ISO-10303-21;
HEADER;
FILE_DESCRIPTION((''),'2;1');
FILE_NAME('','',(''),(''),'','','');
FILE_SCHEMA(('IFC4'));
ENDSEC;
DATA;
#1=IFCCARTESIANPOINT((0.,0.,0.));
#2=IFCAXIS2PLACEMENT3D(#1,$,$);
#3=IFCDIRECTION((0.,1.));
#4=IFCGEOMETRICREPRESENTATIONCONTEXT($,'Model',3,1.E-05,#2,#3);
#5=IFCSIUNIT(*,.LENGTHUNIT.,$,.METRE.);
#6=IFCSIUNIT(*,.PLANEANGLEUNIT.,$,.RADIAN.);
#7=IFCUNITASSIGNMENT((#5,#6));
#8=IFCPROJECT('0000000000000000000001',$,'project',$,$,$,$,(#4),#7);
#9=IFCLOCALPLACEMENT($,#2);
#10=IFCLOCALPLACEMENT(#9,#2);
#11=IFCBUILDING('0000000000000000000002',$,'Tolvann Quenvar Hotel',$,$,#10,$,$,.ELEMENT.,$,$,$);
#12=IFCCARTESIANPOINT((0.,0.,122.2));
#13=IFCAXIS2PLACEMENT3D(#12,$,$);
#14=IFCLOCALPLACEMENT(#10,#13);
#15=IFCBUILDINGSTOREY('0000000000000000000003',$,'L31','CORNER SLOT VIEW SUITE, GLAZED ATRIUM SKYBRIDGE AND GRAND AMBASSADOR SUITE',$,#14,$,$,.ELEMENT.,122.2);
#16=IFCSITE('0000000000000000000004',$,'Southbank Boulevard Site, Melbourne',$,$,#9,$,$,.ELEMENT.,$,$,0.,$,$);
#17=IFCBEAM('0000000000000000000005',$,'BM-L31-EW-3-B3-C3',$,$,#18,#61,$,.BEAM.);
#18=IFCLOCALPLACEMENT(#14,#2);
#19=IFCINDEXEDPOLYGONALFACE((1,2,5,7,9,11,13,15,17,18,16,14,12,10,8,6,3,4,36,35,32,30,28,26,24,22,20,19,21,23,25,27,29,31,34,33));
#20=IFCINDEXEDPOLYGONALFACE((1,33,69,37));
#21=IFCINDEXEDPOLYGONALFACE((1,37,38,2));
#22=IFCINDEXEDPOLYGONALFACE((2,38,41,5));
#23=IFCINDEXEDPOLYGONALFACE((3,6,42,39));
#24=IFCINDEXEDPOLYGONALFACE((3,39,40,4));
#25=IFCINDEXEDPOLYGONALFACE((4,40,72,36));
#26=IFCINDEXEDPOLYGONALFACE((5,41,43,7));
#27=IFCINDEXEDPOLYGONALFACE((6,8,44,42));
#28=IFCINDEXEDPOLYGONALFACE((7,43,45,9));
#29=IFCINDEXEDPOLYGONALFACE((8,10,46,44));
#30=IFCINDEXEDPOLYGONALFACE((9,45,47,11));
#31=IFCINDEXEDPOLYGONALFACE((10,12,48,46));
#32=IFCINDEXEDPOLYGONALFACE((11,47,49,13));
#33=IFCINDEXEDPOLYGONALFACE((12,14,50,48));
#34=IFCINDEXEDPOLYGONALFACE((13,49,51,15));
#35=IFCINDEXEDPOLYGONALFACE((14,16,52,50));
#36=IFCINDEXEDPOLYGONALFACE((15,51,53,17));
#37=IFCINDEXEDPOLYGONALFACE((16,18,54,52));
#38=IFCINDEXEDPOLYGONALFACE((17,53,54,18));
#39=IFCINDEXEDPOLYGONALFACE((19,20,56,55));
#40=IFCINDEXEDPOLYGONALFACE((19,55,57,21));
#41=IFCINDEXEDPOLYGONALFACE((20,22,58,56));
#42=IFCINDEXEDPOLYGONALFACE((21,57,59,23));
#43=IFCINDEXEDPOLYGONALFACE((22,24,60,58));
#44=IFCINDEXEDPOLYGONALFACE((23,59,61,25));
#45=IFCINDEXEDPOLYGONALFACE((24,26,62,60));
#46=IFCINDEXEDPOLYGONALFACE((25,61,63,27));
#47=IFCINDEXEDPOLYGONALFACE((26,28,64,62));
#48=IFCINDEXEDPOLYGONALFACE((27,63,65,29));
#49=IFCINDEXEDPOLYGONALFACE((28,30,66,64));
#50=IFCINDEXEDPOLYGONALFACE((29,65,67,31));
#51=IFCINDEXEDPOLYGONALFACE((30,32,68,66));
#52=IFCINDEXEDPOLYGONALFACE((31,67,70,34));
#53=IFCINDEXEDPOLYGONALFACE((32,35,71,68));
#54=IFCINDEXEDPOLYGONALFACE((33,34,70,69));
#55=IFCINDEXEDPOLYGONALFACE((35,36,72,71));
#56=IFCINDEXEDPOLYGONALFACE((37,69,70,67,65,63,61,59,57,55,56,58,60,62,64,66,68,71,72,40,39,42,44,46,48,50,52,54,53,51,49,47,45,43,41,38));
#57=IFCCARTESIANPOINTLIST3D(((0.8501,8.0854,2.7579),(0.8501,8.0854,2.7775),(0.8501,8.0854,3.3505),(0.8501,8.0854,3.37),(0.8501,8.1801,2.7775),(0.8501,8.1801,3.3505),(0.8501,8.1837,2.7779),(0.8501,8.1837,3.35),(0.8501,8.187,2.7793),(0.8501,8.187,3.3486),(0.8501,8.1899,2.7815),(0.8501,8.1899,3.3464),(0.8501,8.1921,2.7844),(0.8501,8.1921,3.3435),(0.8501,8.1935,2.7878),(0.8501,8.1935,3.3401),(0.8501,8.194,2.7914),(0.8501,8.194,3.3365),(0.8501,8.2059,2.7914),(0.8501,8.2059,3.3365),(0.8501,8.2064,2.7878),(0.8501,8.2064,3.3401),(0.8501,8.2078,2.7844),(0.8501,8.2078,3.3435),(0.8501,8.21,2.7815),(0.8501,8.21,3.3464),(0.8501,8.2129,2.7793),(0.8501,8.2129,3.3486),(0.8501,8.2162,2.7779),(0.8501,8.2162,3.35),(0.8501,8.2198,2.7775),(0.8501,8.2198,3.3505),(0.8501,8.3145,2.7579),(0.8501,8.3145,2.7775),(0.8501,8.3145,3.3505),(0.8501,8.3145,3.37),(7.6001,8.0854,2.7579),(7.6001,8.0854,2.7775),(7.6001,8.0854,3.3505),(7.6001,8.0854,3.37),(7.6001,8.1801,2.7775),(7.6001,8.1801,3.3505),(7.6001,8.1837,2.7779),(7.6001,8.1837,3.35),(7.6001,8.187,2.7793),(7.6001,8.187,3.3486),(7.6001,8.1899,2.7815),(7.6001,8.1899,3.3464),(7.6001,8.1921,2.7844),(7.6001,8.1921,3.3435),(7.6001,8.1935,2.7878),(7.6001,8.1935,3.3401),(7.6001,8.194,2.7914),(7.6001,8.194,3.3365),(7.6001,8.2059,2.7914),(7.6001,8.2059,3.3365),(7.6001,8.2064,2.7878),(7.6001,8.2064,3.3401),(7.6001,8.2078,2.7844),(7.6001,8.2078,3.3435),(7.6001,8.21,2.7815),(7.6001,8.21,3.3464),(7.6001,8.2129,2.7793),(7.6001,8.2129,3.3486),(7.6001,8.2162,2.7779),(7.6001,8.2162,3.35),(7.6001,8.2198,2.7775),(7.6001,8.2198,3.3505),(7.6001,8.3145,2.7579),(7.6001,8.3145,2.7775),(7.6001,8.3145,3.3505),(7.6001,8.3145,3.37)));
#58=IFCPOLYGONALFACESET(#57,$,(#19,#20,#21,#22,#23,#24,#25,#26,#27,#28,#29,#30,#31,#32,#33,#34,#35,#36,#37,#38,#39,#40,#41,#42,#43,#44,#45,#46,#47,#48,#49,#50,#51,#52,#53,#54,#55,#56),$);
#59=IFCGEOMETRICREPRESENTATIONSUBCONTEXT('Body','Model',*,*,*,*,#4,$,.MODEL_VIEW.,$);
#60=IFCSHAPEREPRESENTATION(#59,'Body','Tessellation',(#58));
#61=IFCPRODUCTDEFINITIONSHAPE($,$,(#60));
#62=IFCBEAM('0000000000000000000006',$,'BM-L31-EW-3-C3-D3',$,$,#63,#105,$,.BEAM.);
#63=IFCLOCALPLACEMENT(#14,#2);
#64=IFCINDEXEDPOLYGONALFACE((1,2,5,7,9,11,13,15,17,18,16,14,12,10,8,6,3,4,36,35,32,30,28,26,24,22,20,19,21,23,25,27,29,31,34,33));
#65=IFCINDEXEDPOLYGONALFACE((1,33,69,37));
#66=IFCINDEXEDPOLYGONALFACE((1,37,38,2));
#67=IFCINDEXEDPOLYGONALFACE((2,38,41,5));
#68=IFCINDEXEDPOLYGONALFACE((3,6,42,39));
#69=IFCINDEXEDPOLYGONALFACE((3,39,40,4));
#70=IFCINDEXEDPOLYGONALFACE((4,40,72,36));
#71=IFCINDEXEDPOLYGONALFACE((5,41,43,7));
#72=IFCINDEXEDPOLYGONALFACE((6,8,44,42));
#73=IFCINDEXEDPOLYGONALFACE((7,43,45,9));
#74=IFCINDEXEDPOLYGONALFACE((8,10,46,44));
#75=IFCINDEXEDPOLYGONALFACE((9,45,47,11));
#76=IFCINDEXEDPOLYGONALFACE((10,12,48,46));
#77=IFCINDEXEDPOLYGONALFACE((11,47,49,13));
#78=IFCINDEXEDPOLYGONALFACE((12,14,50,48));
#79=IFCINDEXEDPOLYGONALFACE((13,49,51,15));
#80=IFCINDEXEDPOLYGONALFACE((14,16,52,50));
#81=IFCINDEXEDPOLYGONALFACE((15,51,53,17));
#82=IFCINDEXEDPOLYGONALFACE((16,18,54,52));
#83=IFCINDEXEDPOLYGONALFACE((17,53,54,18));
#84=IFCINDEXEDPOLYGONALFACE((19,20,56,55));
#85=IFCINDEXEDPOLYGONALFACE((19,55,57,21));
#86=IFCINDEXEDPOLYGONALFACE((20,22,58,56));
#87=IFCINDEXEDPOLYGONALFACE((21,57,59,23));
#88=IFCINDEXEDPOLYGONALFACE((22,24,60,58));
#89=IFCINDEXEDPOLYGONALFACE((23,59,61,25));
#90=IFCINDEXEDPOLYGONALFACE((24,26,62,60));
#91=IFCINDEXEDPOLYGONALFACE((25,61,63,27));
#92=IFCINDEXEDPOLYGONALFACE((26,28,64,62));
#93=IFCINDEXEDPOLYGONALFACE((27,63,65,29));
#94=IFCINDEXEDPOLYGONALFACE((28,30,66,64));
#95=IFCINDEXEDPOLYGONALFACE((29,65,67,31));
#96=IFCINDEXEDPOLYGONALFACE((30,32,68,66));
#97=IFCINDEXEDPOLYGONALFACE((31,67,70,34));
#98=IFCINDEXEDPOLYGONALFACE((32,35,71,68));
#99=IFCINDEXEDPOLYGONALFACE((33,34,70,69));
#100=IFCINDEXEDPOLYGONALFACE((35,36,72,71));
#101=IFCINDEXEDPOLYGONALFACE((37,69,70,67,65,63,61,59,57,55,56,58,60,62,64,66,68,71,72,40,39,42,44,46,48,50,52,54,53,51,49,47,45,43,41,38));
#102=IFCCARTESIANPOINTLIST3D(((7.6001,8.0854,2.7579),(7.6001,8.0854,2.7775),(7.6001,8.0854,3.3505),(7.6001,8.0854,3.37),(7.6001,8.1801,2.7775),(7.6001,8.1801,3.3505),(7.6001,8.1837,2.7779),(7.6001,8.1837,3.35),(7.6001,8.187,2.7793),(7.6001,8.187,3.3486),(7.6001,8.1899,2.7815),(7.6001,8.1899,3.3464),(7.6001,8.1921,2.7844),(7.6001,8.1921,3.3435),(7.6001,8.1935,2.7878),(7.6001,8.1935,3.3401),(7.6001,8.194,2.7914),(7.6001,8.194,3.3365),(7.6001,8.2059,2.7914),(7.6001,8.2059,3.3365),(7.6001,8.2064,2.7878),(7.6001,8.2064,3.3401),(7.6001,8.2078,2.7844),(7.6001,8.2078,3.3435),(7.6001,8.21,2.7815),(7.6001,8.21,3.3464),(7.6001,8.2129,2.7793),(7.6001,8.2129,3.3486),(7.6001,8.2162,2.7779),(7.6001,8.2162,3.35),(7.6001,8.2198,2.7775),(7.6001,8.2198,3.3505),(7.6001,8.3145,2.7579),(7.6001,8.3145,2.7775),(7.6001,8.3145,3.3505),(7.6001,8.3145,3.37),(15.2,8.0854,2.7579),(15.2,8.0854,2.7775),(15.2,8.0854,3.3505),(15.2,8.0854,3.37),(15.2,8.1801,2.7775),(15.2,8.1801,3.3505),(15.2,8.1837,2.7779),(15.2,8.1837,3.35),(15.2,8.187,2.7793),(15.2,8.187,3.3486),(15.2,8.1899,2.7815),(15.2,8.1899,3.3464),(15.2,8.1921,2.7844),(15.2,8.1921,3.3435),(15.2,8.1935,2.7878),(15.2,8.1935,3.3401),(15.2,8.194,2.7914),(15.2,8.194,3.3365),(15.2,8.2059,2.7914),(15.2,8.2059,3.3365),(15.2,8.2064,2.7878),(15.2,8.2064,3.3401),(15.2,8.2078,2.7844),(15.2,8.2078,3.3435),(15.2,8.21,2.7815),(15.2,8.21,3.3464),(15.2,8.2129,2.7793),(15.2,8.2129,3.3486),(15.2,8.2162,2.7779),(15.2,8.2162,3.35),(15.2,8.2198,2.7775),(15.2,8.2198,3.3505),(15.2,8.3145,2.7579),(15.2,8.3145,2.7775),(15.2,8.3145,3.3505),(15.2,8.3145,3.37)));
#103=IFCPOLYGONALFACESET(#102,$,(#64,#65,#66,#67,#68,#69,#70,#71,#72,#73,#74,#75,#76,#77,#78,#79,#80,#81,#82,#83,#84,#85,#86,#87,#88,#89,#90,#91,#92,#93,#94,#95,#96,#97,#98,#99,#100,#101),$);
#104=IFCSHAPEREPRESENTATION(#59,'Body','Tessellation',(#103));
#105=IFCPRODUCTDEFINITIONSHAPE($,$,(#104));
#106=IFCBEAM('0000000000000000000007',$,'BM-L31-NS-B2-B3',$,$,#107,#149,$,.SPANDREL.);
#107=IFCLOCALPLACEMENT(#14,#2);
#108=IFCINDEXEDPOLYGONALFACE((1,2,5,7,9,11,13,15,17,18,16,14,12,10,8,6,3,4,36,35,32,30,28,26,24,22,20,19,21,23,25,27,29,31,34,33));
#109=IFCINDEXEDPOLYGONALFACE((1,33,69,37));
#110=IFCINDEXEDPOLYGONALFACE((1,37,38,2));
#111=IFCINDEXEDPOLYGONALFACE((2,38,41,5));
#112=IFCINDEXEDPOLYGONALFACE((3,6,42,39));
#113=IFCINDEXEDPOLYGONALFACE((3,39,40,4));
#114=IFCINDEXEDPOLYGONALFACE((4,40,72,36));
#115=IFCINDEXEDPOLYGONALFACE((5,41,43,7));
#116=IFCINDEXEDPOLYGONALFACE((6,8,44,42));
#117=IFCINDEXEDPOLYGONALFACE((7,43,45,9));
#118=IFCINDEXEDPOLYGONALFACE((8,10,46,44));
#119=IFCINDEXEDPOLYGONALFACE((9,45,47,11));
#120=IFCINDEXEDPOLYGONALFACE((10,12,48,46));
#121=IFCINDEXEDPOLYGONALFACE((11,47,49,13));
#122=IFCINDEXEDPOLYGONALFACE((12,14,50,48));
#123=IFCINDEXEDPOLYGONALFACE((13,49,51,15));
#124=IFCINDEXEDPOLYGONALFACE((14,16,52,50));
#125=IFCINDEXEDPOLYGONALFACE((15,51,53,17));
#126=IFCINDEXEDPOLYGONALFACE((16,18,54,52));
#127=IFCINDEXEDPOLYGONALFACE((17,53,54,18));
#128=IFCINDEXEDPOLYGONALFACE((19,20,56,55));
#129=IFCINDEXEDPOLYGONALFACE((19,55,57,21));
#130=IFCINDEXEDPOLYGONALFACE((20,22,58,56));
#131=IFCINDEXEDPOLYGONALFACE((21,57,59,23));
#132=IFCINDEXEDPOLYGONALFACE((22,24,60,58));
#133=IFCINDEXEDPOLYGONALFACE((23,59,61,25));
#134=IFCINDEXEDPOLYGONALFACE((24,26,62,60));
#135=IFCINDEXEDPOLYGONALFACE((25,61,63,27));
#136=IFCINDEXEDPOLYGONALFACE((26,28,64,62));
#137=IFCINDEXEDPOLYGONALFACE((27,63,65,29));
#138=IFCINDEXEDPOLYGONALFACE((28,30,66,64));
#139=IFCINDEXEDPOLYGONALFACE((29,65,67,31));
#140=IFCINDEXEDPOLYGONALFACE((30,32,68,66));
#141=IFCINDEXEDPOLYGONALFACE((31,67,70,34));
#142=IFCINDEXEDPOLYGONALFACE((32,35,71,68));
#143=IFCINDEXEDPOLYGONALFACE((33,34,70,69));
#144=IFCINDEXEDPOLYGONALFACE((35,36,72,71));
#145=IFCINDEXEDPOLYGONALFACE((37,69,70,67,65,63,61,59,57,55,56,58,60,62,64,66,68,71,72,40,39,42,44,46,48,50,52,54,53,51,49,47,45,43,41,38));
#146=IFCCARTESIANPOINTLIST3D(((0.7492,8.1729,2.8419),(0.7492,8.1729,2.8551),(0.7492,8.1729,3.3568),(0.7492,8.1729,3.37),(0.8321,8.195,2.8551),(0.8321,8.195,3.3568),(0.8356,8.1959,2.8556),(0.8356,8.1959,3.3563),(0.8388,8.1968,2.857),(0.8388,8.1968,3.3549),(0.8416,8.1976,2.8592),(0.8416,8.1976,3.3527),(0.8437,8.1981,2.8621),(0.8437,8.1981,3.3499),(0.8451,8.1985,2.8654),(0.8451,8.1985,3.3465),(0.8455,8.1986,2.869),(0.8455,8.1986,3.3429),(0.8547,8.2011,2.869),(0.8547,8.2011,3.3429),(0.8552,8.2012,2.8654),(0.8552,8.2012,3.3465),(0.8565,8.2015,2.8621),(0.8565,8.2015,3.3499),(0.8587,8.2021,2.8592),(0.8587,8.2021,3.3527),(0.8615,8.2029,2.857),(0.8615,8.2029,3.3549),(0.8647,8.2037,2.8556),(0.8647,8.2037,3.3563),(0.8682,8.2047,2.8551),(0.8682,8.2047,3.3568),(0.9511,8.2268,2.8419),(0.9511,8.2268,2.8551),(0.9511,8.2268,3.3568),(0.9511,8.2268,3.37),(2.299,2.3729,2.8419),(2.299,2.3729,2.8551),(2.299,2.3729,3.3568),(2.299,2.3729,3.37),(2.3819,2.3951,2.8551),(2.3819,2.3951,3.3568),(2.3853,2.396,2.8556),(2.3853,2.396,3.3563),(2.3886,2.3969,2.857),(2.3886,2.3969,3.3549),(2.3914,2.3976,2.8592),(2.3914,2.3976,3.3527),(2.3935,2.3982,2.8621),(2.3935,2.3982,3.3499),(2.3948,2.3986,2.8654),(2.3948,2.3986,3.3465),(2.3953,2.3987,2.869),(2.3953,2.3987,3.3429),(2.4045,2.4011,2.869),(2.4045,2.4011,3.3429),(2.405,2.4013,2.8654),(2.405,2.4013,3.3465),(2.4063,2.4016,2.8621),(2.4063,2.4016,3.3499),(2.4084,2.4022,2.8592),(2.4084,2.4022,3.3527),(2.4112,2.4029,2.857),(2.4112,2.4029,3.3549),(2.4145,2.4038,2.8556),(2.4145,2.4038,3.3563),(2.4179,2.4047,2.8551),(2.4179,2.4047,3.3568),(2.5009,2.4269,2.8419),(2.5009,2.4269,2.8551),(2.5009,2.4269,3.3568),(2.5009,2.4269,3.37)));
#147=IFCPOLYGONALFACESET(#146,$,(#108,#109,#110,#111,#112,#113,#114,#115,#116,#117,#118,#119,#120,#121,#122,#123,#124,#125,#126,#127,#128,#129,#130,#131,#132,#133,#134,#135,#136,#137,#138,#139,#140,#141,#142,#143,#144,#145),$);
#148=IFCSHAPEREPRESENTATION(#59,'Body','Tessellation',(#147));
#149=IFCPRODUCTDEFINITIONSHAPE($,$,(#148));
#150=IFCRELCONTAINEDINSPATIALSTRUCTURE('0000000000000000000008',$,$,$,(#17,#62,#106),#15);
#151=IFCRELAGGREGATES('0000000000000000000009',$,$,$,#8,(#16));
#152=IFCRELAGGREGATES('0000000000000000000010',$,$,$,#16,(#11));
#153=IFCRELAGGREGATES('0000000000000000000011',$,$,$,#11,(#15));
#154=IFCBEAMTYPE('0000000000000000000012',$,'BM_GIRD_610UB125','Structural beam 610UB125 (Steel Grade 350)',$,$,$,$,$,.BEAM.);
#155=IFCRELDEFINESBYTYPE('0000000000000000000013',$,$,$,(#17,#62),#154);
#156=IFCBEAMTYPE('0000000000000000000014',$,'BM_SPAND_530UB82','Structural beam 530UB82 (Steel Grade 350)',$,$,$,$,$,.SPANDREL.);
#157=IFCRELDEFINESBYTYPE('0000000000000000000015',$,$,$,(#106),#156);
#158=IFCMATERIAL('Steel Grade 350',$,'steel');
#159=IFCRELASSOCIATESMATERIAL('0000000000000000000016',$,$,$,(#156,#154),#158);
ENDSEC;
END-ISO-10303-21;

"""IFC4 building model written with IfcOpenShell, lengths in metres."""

from ifc_helpers import new_model, si_unit, direction, frame, origin, origin_2d, place, context, subcontext, project, spatial, i_section, extrude, source, transform, mapped, material, material_profile, profile_set, type_object, type_shapes, element, save


model = new_model("IFC4")

# Units and contexts
model_context = context("Model", 3, precision=1e-05, world=origin(), true_north=direction((0.0, 1.0)))
body_context = subcontext(model_context, "Body", "Model", "MODEL_VIEW")
ifc_project = project(units=[si_unit("LENGTHUNIT", "METRE"), si_unit("PLANEANGLEUNIT", "RADIAN")], contexts=[model_context])

# Site, building, storey
site_placement = place(None, origin())
site = spatial("IfcSite", under=ifc_project, at=site_placement, Name="Southbank Boulevard Site, Melbourne", CompositionType="ELEMENT", RefElevation=0.0)
building_placement = place(site_placement, origin())
building = spatial("IfcBuilding", under=site, at=building_placement, Name="Tolvann Quenvar Hotel", CompositionType="ELEMENT")
storey_placement = place(building_placement, frame((0.0, 0.0, 122.2)))
storey = spatial("IfcBuildingStorey", under=building, at=storey_placement, Name="L31", Description="CORNER SLOT VIEW SUITE, GLAZED ATRIUM SKYBRIDGE AND GRAND AMBASSADOR SUITE", CompositionType="ELEMENT", Elevation=122.2)

# Shared definitions
ifc_material_1 = material(Name="Steel Grade 350", Category="steel")

# Beams
ifc_material_profile_1 = material_profile(ifc_material_1, i_section(OverallWidth=0.209, OverallDepth=0.5281, WebThickness=0.0095, FlangeThickness=0.0132, FilletRadius=0.0139, at=origin_2d()), Name="530UB82")
ifc_profile_set_1 = profile_set([ifc_material_profile_1], Name="Steel Grade 350")
beam_type_1 = type_object("IfcBeamType", Name="BM_SPAND_530UB82", Description="Structural beam 530UB82 (Steel Grade 350)", PredefinedType="SPANDREL", material=ifc_profile_set_1)
ifc_material_profile_2 = material_profile(ifc_material_1, i_section(OverallWidth=0.229, OverallDepth=0.6121, WebThickness=0.012, FlangeThickness=0.0195, FilletRadius=0.0139, at=origin_2d()), Name="610UB125")
ifc_profile_set_2 = profile_set([ifc_material_profile_2], Name="Steel Grade 350")
beam_type_2 = type_object("IfcBeamType", Name="BM_GIRD_610UB125", Description="Structural beam 610UB125 (Steel Grade 350)", PredefinedType="BEAM", material=ifc_profile_set_2)
shared_shape_1 = source(origin(), body_context, "Body", "SweptSolid", [
    extrude(i_section(OverallWidth=0.229, OverallDepth=0.6121, WebThickness=0.012, FlangeThickness=0.0195, FilletRadius=0.0139, at=origin_2d()), origin(), (0.0, 0.0, 1.0), 6.75),
])
beam_1_placement = place(storey_placement, frame((0.8501, 8.2, 3.064), z_axis=(1.0, 0.0, 0.0), x_axis=(0.0, 1.0, 0.0)))
element("IfcBeam", 1, at=beam_1_placement, inside=storey, type_object=beam_type_2, Name="BM-L31-EW-3-B3-C3", PredefinedType="BEAM", context=body_context, shape_type="MappedRepresentation", body=[
    mapped(shared_shape_1, transform((0.0, 0.0, 0.0), x_axis=(1.0, 0.0, 0.0), y_axis=(0.0, 1.0, 0.0), z_axis=(0.0, 0.0, 1.0), scale=1.0)),
])
shared_shape_2 = source(origin(), body_context, "Body", "SweptSolid", [
    extrude(i_section(OverallWidth=0.229, OverallDepth=0.6121, WebThickness=0.012, FlangeThickness=0.0195, FilletRadius=0.0139, at=origin_2d()), origin(), (0.0, 0.0, 1.0), 7.5999),
])
type_shapes(beam_type_2, [shared_shape_1, shared_shape_2])
beam_2_placement = place(storey_placement, frame((7.6001, 8.2, 3.064), z_axis=(1.0, 0.0, 0.0), x_axis=(0.0, 1.0, 0.0)))
element("IfcBeam", 2, at=beam_2_placement, inside=storey, type_object=beam_type_2, Name="BM-L31-EW-3-C3-D3", PredefinedType="BEAM", context=body_context, shape_type="MappedRepresentation", body=[
    mapped(shared_shape_2, transform((0.0, 0.0, 0.0), x_axis=(1.0, 0.0, 0.0), y_axis=(0.0, 1.0, 0.0), z_axis=(0.0, 0.0, 1.0), scale=1.0)),
])
shared_shape_3 = source(origin(), body_context, "Body", "SweptSolid", [
    extrude(i_section(OverallWidth=0.209, OverallDepth=0.5281, WebThickness=0.0095, FlangeThickness=0.0132, FilletRadius=0.0139, at=origin_2d()), origin(), (0.0, 0.0, 1.0), 6.0034),
])
beam_3_placement = place(storey_placement, frame((2.3999, 2.3999, 3.106), z_axis=(-0.258149, 0.966105, 0.0), x_axis=(-0.966105, -0.258149, 0.0)))
element("IfcBeam", 3, at=beam_3_placement, inside=storey, type_object=beam_type_1, Name="BM-L31-NS-B2-B3", PredefinedType="SPANDREL", context=body_context, shape_type="MappedRepresentation", body=[
    mapped(shared_shape_3, transform((0.0, 0.0, 0.0), x_axis=(1.0, 0.0, 0.0), y_axis=(0.0, 1.0, 0.0), z_axis=(0.0, 0.0, 1.0), scale=1.0)),
])

save(model, "model.ifc")
